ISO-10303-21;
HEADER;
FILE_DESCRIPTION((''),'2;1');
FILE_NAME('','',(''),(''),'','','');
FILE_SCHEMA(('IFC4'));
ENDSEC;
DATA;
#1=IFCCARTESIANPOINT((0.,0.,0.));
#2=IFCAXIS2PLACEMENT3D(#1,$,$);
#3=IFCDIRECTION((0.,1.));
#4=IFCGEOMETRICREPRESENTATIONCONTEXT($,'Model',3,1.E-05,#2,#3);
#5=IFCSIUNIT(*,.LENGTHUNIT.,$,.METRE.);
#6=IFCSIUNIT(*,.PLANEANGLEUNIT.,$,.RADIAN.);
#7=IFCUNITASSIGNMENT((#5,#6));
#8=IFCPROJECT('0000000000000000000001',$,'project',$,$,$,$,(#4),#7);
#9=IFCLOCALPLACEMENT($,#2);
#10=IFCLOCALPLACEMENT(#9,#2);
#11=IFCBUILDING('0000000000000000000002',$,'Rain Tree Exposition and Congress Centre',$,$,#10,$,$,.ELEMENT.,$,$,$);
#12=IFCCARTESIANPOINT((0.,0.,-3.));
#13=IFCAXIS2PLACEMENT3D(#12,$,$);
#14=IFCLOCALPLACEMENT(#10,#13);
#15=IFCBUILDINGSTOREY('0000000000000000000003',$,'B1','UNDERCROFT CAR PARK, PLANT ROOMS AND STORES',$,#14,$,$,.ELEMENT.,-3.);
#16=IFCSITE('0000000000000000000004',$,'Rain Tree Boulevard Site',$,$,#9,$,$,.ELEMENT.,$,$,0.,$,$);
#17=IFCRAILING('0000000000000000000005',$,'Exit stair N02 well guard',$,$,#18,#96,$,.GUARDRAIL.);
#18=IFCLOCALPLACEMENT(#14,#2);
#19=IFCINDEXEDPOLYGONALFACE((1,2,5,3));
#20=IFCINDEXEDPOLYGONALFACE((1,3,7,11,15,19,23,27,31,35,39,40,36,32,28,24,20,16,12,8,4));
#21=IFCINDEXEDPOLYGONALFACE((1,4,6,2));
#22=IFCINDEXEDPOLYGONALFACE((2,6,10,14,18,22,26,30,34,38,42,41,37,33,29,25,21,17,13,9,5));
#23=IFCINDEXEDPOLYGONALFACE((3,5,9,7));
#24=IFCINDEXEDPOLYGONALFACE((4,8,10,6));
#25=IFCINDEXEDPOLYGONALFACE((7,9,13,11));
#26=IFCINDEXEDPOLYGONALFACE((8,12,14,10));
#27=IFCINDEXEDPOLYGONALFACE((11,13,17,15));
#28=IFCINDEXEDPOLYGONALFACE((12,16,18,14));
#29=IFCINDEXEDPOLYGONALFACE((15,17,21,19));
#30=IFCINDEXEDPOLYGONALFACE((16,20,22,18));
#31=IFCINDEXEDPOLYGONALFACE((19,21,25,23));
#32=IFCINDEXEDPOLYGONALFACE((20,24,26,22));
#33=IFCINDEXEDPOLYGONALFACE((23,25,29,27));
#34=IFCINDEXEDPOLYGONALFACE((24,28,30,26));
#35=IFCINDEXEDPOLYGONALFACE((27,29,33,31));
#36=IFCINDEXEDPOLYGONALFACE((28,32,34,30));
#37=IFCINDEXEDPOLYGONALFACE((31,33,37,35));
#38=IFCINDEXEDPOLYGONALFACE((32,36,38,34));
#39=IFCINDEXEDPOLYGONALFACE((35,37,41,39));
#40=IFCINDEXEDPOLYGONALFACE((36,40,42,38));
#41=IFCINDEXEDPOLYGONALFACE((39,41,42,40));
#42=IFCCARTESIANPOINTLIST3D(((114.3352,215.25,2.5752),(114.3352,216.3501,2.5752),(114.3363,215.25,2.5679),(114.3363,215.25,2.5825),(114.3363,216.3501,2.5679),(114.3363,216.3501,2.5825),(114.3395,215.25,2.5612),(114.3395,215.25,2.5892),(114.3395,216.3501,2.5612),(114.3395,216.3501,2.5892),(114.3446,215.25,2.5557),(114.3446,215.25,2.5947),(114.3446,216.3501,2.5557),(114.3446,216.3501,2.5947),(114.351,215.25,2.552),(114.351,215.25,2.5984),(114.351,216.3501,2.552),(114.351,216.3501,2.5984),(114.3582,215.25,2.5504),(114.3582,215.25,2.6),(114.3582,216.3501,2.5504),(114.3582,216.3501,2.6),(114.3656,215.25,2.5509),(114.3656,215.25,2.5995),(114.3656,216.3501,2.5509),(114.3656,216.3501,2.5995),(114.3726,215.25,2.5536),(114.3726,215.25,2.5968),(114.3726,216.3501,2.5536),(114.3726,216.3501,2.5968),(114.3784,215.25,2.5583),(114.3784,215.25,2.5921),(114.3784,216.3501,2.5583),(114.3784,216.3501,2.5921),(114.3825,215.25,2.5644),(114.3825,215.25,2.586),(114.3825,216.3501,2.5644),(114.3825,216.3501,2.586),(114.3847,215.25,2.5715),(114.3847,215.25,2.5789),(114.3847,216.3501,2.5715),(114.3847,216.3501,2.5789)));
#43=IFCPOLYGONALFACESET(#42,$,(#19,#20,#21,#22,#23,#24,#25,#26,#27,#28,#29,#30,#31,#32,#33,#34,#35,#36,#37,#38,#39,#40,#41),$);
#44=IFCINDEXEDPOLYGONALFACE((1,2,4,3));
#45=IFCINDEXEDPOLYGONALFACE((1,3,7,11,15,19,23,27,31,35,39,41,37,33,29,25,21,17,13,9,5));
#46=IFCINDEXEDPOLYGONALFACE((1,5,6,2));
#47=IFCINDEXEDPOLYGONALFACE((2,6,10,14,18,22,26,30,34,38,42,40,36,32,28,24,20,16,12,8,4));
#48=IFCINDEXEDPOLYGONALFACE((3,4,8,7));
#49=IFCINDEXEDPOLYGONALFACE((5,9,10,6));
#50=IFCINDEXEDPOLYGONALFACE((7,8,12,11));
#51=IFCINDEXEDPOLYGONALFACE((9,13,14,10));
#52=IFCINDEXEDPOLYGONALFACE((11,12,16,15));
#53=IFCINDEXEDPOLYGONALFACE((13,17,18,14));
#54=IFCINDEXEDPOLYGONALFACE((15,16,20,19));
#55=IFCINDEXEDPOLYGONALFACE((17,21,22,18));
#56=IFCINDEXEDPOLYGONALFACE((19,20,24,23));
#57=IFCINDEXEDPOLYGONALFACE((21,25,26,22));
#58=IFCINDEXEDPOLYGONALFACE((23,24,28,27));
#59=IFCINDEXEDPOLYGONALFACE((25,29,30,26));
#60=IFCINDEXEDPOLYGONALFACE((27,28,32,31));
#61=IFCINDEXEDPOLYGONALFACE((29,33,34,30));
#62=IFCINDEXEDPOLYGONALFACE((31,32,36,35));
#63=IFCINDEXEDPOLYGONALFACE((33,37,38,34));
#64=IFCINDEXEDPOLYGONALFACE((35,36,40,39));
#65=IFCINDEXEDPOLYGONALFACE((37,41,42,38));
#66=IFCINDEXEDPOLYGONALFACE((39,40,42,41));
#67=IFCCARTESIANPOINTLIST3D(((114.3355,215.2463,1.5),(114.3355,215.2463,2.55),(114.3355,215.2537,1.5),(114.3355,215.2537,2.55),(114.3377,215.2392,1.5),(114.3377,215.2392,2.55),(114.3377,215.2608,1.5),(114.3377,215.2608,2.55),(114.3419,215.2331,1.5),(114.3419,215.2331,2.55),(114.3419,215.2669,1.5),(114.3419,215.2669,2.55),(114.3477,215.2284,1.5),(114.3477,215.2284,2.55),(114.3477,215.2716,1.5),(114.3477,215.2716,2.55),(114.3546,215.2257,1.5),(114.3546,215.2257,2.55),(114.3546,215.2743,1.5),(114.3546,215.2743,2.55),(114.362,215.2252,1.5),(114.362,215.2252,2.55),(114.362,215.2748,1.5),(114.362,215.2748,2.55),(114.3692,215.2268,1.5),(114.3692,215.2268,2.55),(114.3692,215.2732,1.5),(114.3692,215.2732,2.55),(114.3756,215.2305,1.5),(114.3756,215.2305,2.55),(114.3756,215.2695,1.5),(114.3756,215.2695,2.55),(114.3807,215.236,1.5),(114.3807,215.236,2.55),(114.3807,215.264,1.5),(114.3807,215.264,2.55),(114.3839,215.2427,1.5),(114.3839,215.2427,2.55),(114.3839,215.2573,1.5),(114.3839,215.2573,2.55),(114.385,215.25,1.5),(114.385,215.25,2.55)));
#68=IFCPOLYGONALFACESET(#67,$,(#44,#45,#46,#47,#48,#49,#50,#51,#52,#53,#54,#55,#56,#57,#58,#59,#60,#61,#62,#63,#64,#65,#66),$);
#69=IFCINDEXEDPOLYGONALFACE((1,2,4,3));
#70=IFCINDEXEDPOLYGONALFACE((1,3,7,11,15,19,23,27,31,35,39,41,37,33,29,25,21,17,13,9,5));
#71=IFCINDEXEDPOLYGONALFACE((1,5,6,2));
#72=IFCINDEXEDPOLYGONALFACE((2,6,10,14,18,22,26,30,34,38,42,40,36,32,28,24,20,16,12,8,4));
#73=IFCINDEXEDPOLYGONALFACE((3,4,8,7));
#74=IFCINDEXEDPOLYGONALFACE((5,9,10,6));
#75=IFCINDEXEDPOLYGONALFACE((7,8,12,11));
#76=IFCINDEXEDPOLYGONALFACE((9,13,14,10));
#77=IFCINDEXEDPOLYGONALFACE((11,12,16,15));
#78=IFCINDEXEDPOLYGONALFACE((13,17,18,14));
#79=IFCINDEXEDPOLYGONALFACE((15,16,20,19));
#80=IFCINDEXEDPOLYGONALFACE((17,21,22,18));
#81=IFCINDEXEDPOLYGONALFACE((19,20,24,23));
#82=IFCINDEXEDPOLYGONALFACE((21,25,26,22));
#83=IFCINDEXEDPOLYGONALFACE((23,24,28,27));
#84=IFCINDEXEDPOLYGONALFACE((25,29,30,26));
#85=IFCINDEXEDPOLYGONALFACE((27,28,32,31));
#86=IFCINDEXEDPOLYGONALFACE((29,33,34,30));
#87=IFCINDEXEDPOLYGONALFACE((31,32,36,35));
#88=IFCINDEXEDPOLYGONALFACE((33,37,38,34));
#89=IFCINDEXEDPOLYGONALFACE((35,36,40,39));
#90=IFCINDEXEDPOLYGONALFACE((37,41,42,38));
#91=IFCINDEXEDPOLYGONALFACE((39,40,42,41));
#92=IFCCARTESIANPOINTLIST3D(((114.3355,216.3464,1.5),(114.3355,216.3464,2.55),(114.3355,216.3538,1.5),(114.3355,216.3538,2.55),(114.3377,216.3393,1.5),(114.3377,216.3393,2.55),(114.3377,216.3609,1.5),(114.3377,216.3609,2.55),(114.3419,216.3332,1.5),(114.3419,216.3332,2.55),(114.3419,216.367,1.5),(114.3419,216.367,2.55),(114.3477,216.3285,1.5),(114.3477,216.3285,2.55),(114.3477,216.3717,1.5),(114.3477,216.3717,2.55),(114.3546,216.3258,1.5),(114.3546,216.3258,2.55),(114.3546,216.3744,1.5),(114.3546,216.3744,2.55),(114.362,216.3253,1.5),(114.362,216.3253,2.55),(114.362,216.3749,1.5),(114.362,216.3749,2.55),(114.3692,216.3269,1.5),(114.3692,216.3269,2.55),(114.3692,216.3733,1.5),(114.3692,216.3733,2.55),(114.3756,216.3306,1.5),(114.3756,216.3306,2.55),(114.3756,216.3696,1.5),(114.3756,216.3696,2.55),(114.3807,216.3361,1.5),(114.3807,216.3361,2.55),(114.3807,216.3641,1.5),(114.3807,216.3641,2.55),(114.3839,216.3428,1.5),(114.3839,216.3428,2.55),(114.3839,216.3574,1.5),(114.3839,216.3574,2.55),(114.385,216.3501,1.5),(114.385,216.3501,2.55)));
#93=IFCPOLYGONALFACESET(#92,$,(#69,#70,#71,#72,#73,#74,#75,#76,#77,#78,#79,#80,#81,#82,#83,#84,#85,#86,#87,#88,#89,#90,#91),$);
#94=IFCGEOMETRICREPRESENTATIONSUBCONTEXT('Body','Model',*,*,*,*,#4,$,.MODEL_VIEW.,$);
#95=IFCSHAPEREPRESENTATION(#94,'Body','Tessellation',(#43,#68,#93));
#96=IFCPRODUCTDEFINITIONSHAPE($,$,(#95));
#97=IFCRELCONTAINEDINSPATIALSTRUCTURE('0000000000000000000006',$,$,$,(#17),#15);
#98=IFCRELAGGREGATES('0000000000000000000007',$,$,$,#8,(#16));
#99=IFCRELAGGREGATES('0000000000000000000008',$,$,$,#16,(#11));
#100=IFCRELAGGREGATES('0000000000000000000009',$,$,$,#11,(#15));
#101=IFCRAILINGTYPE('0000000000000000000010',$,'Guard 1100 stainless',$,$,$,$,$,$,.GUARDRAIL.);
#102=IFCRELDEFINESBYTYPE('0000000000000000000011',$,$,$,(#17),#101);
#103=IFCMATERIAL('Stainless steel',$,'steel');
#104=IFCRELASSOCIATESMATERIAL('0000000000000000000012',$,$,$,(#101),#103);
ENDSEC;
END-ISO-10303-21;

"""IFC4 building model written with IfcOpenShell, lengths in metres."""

from ifc_helpers import new_model, si_unit, direction, frame, origin, origin_2d, place, context, subcontext, project, spatial, circle, extrude, material, type_object, element, save


model = new_model("IFC4")

# Units and contexts
model_context = context("Model", 3, precision=1e-05, world=origin(), true_north=direction((0.0, 1.0)))
body_context = subcontext(model_context, "Body", "Model", "MODEL_VIEW")
ifc_project = project(units=[si_unit("LENGTHUNIT", "METRE"), si_unit("PLANEANGLEUNIT", "RADIAN")], contexts=[model_context])

# Site, building, storey
site_placement = place(None, origin())
site = spatial("IfcSite", under=ifc_project, at=site_placement, Name="Rain Tree Boulevard Site", CompositionType="ELEMENT", RefElevation=0.0)
building_placement = place(site_placement, origin())
building = spatial("IfcBuilding", under=site, at=building_placement, Name="Rain Tree Exposition and Congress Centre", CompositionType="ELEMENT")
storey_placement = place(building_placement, frame((0.0, 0.0, -3.0)))
storey = spatial("IfcBuildingStorey", under=building, at=storey_placement, Name="B1", Description="UNDERCROFT CAR PARK, PLANT ROOMS AND STORES", CompositionType="ELEMENT", Elevation=-3.0)

# Railing
ifc_material_1 = material(Name="Stainless steel", Category="steel")
railing_type = type_object("IfcRailingType", Name="Guard 1100 stainless", PredefinedType="GUARDRAIL", material=ifc_material_1)
railing_placement = place(storey_placement, frame((114.3601, 215.25, 1.5)))
element("IfcRailing", 1, at=railing_placement, inside=storey, type_object=railing_type, Name="Exit stair N02 well guard", PredefinedType="GUARDRAIL", context=body_context, shape_type="SweptSolid", body=[
    extrude(circle(Radius=0.0249, at=origin_2d()), frame((0.0, 0.0, 1.0752), z_axis=(0.0, 1.0, 0.0), x_axis=(-1.0, 0.0, 0.0)), (0.0, 0.0, 1.0), 1.1001),
    extrude(circle(Radius=0.0249, at=origin_2d()), origin(), (0.0, 0.0, 1.0), 1.05),
    extrude(circle(Radius=0.0249, at=origin_2d()), frame((0.0, 1.1001, 0.0)), (0.0, 0.0, 1.0), 1.05),
])

save(model, "model.ifc")
